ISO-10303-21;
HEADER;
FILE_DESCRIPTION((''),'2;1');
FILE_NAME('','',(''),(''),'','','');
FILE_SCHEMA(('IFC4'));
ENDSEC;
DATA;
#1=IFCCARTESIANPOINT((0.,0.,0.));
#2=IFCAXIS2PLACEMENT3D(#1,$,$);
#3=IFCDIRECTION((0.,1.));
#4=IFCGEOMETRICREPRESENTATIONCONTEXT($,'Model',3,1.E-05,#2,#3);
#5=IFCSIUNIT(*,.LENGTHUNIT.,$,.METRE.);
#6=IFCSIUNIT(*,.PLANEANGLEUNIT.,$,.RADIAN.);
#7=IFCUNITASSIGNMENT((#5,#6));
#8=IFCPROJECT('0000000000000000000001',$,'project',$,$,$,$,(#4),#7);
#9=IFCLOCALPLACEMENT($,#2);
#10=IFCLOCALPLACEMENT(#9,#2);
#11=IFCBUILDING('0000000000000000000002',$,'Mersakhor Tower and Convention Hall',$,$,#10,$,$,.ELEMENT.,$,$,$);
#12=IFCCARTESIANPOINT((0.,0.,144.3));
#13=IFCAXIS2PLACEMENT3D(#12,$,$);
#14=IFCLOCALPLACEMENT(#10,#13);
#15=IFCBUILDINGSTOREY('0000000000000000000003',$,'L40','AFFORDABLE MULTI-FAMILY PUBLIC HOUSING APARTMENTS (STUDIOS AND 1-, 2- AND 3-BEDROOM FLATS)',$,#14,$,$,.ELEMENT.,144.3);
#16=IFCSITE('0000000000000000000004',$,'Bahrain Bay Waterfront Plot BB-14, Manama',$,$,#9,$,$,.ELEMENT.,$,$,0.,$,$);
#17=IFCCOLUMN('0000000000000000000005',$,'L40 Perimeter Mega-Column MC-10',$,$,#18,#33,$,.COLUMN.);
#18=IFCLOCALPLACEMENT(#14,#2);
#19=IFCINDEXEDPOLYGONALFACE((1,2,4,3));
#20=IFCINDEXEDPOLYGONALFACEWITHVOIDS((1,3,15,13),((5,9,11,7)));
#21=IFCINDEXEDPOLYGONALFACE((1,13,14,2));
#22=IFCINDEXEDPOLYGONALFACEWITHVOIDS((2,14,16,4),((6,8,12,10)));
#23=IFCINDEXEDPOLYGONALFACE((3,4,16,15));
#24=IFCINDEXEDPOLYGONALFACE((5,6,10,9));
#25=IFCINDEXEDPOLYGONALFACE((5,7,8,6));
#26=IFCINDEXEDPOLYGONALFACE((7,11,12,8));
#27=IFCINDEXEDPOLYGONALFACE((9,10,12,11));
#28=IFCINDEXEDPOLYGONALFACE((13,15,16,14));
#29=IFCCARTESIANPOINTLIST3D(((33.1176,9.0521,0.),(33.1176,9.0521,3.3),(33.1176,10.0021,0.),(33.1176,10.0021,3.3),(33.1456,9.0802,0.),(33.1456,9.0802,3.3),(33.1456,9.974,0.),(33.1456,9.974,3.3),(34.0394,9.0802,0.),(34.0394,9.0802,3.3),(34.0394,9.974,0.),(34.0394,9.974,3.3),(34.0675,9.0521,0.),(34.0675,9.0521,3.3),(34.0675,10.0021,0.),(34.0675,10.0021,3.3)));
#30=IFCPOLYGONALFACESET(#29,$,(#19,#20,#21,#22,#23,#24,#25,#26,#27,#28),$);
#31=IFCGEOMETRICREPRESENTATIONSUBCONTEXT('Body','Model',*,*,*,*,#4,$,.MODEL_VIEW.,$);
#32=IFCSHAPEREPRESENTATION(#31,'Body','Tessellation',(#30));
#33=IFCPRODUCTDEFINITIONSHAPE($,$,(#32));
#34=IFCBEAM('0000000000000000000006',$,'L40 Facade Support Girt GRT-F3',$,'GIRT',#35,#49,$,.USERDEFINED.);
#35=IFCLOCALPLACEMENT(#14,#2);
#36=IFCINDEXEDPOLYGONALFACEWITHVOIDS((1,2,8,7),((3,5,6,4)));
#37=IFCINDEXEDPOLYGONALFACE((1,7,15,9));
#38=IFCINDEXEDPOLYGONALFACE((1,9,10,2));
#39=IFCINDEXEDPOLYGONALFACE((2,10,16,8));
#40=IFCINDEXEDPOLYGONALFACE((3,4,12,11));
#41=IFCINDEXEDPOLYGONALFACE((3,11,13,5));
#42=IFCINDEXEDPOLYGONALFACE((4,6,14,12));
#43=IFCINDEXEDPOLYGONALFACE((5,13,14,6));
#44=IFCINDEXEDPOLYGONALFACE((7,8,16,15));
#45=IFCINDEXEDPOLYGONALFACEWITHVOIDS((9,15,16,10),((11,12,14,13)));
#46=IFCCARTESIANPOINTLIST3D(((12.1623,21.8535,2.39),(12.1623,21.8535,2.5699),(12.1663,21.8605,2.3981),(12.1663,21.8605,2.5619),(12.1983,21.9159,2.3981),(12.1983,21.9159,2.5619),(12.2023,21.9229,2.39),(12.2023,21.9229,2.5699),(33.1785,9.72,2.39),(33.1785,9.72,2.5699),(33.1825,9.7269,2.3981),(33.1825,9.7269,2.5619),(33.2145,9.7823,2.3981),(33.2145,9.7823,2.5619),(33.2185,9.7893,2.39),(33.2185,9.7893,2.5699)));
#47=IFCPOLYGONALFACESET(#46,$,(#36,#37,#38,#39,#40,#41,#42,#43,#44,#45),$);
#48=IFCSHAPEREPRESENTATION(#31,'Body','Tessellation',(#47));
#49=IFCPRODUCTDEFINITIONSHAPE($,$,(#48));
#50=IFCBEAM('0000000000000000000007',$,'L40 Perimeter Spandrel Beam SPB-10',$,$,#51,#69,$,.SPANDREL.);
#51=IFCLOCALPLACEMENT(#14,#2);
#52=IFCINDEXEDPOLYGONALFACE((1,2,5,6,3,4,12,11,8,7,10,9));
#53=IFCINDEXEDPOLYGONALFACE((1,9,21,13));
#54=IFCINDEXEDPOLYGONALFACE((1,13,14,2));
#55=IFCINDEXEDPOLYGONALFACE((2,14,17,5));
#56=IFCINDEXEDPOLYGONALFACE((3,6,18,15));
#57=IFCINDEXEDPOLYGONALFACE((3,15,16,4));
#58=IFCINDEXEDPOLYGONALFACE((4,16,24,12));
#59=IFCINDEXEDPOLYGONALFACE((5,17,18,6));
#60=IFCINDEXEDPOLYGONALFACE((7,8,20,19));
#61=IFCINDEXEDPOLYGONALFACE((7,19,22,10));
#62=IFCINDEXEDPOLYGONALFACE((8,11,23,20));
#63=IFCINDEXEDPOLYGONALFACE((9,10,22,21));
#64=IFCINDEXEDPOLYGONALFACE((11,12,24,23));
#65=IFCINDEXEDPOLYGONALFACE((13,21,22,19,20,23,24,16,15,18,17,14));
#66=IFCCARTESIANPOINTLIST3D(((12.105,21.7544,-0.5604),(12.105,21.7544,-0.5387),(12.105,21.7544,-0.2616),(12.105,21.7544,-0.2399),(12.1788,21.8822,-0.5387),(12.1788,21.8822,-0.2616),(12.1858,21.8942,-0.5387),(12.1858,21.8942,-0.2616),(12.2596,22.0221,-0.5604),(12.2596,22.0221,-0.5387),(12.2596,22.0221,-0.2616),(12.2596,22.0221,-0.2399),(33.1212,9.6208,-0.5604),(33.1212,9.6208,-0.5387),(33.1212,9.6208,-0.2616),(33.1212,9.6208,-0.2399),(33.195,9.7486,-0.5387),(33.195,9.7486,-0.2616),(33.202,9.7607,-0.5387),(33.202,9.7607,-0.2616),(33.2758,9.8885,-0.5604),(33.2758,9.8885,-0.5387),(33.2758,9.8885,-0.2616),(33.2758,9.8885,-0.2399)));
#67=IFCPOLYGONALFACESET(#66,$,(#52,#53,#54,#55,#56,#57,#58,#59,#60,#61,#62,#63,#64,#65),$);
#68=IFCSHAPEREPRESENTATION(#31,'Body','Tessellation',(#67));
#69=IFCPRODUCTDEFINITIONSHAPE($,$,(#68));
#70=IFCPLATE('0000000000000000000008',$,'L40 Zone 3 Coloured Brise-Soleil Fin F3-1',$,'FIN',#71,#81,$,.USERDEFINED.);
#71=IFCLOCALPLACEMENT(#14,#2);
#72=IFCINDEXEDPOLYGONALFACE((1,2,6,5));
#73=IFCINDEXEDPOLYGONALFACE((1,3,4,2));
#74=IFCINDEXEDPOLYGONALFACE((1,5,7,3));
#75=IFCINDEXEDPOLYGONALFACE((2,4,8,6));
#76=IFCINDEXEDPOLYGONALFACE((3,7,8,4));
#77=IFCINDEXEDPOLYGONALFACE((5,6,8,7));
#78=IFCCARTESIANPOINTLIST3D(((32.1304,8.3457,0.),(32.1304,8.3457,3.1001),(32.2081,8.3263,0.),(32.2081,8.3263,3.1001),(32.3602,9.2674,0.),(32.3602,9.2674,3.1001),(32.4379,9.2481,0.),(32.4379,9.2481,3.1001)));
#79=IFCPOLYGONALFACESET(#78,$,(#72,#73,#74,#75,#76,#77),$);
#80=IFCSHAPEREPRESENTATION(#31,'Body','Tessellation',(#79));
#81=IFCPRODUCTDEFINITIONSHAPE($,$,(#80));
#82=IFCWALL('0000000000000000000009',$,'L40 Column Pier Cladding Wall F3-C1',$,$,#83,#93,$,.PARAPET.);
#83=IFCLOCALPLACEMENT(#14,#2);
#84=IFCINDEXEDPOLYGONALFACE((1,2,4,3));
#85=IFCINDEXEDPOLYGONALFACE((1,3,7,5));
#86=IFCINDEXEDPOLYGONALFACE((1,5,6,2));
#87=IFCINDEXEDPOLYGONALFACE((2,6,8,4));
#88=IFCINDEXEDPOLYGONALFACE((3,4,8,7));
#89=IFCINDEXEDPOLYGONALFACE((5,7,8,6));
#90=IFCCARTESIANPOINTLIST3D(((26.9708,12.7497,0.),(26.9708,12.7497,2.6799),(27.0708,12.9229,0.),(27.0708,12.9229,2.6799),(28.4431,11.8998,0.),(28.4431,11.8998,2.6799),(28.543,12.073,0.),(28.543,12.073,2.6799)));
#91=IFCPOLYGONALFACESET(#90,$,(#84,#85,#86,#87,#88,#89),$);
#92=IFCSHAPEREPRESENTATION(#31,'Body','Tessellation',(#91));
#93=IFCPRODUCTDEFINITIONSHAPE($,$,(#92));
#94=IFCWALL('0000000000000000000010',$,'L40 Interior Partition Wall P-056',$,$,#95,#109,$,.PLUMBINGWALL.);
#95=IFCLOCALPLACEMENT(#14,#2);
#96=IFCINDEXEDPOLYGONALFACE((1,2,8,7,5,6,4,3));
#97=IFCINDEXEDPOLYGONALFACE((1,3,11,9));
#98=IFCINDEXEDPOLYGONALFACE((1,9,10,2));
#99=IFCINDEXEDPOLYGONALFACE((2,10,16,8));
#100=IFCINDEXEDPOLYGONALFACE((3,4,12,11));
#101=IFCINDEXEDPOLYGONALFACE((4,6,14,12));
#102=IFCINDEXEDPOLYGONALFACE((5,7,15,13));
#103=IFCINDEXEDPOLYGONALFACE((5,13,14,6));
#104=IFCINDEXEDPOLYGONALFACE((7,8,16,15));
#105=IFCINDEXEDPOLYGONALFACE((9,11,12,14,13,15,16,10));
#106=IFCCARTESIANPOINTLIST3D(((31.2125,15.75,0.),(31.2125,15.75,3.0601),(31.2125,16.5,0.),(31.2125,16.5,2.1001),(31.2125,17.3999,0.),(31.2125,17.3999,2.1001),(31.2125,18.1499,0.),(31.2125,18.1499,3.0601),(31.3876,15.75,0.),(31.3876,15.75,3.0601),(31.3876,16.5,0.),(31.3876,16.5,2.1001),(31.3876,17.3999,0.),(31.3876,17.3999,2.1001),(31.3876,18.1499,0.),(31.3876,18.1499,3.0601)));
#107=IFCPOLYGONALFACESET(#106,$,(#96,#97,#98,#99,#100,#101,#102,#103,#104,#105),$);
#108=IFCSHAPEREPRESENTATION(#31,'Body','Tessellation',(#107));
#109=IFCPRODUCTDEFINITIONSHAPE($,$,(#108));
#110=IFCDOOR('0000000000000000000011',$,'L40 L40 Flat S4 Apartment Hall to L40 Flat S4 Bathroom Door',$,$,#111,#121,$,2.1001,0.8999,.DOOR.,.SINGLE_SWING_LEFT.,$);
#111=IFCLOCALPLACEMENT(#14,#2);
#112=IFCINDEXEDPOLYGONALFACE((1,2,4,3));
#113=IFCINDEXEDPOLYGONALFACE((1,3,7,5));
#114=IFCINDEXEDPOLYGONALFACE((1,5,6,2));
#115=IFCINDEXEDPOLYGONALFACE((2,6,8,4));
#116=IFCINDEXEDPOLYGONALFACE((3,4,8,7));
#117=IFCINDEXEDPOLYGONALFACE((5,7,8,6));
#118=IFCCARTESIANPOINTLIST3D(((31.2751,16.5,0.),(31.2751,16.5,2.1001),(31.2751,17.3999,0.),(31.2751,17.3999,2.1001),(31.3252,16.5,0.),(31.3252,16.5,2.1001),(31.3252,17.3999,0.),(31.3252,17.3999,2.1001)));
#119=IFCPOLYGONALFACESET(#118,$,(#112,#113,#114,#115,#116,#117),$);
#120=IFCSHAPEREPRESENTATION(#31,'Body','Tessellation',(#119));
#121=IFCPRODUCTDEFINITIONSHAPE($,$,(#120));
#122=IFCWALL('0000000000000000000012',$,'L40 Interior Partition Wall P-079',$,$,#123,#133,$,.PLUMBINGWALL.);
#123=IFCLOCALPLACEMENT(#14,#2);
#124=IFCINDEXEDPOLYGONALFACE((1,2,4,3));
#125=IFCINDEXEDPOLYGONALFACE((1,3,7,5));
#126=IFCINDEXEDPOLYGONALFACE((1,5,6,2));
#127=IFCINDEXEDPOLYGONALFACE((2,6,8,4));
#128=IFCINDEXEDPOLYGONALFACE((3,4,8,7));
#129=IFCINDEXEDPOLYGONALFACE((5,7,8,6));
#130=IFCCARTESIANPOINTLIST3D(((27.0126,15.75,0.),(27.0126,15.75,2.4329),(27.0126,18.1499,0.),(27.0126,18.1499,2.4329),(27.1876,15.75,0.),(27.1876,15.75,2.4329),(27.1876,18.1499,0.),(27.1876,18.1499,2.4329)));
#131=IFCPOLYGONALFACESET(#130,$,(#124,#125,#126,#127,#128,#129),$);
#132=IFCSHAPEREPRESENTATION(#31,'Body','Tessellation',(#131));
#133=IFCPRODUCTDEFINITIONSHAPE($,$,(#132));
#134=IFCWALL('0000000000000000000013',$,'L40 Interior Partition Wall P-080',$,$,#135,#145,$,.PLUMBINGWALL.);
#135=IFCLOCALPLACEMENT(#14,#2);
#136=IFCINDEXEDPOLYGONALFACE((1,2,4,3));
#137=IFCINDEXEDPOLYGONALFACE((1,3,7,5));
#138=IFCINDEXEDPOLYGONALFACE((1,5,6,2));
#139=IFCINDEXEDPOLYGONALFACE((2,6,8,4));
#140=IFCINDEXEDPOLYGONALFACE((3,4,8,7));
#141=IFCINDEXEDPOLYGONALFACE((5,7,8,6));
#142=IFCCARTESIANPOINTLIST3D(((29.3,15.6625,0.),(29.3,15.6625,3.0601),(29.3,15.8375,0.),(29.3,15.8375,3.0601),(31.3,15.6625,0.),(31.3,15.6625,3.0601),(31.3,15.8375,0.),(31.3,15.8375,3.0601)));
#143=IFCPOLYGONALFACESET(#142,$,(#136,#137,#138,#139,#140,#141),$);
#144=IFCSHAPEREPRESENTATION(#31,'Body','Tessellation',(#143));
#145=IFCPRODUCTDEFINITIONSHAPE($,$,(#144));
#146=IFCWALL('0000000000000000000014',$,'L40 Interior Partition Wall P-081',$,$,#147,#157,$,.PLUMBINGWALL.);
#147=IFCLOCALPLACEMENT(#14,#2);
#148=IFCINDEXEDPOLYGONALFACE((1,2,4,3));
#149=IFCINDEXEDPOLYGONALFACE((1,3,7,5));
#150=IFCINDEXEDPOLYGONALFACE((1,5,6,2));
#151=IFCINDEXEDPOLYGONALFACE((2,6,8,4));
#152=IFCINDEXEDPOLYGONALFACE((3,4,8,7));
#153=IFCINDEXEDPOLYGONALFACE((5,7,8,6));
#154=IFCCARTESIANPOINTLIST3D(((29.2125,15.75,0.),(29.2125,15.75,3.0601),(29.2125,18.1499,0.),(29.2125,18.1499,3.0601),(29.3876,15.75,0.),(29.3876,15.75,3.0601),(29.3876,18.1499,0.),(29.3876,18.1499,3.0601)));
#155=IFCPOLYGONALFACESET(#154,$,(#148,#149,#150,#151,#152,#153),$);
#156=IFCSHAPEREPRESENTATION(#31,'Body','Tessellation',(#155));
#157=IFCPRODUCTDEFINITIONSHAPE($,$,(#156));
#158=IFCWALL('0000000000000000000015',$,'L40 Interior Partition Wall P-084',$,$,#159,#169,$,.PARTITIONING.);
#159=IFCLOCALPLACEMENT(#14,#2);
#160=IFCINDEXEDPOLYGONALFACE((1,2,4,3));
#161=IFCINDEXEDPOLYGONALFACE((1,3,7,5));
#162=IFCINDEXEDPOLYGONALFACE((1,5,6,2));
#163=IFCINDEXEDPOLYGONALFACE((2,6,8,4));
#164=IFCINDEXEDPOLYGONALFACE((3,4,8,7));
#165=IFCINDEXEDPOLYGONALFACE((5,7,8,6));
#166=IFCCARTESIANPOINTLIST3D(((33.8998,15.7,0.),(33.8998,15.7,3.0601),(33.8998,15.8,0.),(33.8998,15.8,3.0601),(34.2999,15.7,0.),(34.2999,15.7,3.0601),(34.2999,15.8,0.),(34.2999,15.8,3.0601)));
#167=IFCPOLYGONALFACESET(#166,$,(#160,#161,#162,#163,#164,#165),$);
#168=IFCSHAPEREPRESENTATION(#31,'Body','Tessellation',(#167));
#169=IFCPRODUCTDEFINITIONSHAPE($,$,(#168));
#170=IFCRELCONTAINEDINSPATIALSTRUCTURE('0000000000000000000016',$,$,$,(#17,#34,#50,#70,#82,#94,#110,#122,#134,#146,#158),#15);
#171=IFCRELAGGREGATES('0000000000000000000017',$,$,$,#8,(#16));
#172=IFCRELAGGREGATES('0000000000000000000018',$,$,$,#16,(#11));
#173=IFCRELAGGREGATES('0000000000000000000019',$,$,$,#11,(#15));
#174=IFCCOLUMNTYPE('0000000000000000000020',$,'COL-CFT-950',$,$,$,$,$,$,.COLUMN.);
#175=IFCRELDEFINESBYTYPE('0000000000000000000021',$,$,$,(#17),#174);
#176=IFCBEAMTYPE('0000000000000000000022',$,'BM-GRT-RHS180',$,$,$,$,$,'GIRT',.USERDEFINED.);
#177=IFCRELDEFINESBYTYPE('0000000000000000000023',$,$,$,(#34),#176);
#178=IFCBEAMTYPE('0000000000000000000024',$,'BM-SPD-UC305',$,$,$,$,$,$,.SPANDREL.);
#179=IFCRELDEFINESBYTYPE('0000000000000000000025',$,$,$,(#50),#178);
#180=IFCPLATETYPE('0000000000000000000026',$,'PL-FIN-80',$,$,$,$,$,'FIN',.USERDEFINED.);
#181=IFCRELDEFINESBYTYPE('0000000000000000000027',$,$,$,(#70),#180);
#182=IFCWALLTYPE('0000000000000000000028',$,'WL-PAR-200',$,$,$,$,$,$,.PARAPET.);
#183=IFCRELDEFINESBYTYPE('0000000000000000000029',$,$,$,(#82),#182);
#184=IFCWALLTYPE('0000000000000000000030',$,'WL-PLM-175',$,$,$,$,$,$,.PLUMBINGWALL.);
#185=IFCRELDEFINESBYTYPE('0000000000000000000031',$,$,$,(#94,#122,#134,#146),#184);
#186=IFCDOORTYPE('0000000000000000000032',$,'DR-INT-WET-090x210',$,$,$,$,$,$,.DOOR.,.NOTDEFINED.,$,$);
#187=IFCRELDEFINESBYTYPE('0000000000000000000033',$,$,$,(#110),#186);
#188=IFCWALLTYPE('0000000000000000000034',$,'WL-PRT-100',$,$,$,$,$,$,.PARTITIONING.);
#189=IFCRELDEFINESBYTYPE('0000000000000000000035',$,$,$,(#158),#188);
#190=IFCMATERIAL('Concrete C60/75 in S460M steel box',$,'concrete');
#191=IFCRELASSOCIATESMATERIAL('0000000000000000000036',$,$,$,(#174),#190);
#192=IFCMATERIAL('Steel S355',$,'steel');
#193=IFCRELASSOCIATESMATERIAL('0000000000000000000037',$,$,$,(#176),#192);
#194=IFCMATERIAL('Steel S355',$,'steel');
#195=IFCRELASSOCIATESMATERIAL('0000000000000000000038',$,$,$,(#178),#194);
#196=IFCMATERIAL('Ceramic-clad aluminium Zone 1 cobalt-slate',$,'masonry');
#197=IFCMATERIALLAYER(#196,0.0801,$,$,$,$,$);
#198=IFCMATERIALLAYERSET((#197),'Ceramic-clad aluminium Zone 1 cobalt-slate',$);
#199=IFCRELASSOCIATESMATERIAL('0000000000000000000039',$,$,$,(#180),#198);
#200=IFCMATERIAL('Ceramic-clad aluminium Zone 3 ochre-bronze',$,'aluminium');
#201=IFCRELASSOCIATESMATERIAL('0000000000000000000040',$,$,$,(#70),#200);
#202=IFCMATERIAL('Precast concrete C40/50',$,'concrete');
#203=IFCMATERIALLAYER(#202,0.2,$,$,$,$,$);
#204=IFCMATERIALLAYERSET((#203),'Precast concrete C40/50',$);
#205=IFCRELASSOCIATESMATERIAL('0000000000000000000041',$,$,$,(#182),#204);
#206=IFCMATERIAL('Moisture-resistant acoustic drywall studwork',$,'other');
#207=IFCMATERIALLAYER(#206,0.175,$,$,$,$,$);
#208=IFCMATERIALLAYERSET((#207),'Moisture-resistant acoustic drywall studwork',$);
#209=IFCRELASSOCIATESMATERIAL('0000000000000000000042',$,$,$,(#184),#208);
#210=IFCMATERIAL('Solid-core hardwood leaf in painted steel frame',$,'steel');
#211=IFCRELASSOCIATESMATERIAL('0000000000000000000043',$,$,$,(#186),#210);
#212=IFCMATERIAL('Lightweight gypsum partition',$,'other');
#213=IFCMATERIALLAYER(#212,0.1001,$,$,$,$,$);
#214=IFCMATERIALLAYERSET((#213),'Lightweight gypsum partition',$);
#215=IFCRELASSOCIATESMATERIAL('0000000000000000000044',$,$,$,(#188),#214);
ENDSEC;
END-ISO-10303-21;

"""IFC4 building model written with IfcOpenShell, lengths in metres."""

from ifc_helpers import new_model, si_unit, direction, frame, frame_2d, origin, origin_2d, place, context, subcontext, project, spatial, rectangle, hollow_rectangle, i_section, extrude, material, layer, layer_set, material_profile, profile_set, type_object, element, fill, save


model = new_model("IFC4")

# Units and contexts
model_context = context("Model", 3, precision=1e-05, world=origin(), true_north=direction((0.0, 1.0)))
body_context = subcontext(model_context, "Body", "Model", "MODEL_VIEW")
ifc_project = project(units=[si_unit("LENGTHUNIT", "METRE"), si_unit("PLANEANGLEUNIT", "RADIAN")], contexts=[model_context])

# Site, building, storey
site_placement = place(None, origin())
site = spatial("IfcSite", under=ifc_project, at=site_placement, Name="Bahrain Bay Waterfront Plot BB-14, Manama", CompositionType="ELEMENT", RefElevation=0.0)
building_placement = place(site_placement, origin())
building = spatial("IfcBuilding", under=site, at=building_placement, Name="Mersakhor Tower and Convention Hall", CompositionType="ELEMENT")
storey_placement = place(building_placement, frame((0.0, 0.0, 144.3)))
storey = spatial("IfcBuildingStorey", under=building, at=storey_placement, Name="L40", Description="AFFORDABLE MULTI-FAMILY PUBLIC HOUSING APARTMENTS (STUDIOS AND 1-, 2- AND 3-BEDROOM FLATS)", CompositionType="ELEMENT", Elevation=144.3)

# Column
ifc_material_1 = material(Name="Concrete C60/75 in S460M steel box", Category="concrete")
ifc_material_profile_1 = material_profile(ifc_material_1, hollow_rectangle(XDim=0.95, YDim=0.95, WallThickness=0.0281, at=origin_2d()), Name="SHS 950x950x28")
ifc_profile_set_1 = profile_set([ifc_material_profile_1], Name="Concrete C60/75 in S460M steel box")
column_type = type_object("IfcColumnType", Name="COL-CFT-950", PredefinedType="COLUMN", material=ifc_profile_set_1)
column_placement = place(storey_placement, frame((33.5925, 9.5271, 0.0), z_axis=(0.0, 0.0, 1.0), x_axis=(1.0, 0.0, 0.0)))
element("IfcColumn", 1, at=column_placement, inside=storey, type_object=column_type, Name="L40 Perimeter Mega-Column MC-10", PredefinedType="COLUMN", context=body_context, shape_type="SweptSolid", body=[
    extrude(hollow_rectangle(XDim=0.95, YDim=0.95, WallThickness=0.0281, at=origin_2d()), origin(), (0.0, 0.0, 1.0), 3.3),
])

# Beams
ifc_material_2 = material(Name="Steel S355", Category="steel")
ifc_material_profile_2 = material_profile(ifc_material_2, hollow_rectangle(XDim=0.0801, YDim=0.1799, WallThickness=0.0081, at=origin_2d()), Name="RHS 180x80x8")
ifc_profile_set_2 = profile_set([ifc_material_profile_2], Name="Steel S355")
beam_type_1 = type_object("IfcBeamType", Name="BM-GRT-RHS180", ElementType="GIRT", PredefinedType="USERDEFINED", material=ifc_profile_set_2)
beam_1_placement = place(storey_placement, frame((33.1985, 9.7546, 2.48), z_axis=(-0.866027, 0.499996, 0.0), x_axis=(-0.499996, -0.866027, 0.0)))
element("IfcBeam", 2, at=beam_1_placement, inside=storey, type_object=beam_type_1, Name="L40 Facade Support Girt GRT-F3", ObjectType="GIRT", PredefinedType="USERDEFINED", context=body_context, shape_type="SweptSolid", body=[
    extrude(hollow_rectangle(XDim=0.0801, YDim=0.1799, WallThickness=0.0081, at=origin_2d()), origin(), (0.0, 0.0, 1.0), 24.2673),
])
ifc_material_3 = material(Name="Steel S355", Category="steel")
ifc_material_profile_3 = material_profile(ifc_material_3, i_section(OverallWidth=0.3091, OverallDepth=0.3206, WebThickness=0.0139, FlangeThickness=0.0217, at=origin_2d()), Name="UC 305x305x137")
ifc_profile_set_3 = profile_set([ifc_material_profile_3], Name="Steel S355")
beam_type_2 = type_object("IfcBeamType", Name="BM-SPD-UC305", PredefinedType="SPANDREL", material=ifc_profile_set_3)
beam_2_placement = place(storey_placement, frame((33.1985, 9.7546, -0.4001), z_axis=(-0.866027, 0.499996, 0.0), x_axis=(-0.499996, -0.866027, 0.0)))
element("IfcBeam", 3, at=beam_2_placement, inside=storey, type_object=beam_type_2, Name="L40 Perimeter Spandrel Beam SPB-10", PredefinedType="SPANDREL", context=body_context, shape_type="SweptSolid", body=[
    extrude(i_section(OverallWidth=0.3091, OverallDepth=0.3206, WebThickness=0.0139, FlangeThickness=0.0217, at=origin_2d()), origin(), (0.0, 0.0, 1.0), 24.2673),
])

# Plate
ifc_material_4 = material(Name="Ceramic-clad aluminium Zone 3 ochre-bronze", Category="aluminium")
ifc_material_5 = material(Name="Ceramic-clad aluminium Zone 1 cobalt-slate", Category="masonry")
ifc_layer_1 = layer(ifc_material_5, 0.0801)
ifc_layer_set_1 = layer_set([ifc_layer_1], Name="Ceramic-clad aluminium Zone 1 cobalt-slate")
plate_type = type_object("IfcPlateType", Name="PL-FIN-80", ElementType="FIN", PredefinedType="USERDEFINED", material=ifc_layer_set_1)
plate_placement = place(storey_placement, frame((32.2842, 8.7969, 0.0), z_axis=(0.0, 0.0, 1.0), x_axis=(-0.241922, -0.970296, 0.0)))
element("IfcPlate", 4, at=plate_placement, inside=storey, type_object=plate_type, material=ifc_material_4, Name="L40 Zone 3 Coloured Brise-Soleil Fin F3-1", ObjectType="FIN", PredefinedType="USERDEFINED", context=body_context, shape_type="SweptSolid", body=[
    extrude(rectangle(XDim=0.95, YDim=0.0801, at=origin_2d()), origin(), (0.0, 0.0, 1.0), 3.1001),
])

# Wall
ifc_material_6 = material(Name="Precast concrete C40/50", Category="concrete")
ifc_layer_2 = layer(ifc_material_6, 0.2)
ifc_layer_set_2 = layer_set([ifc_layer_2], Name="Precast concrete C40/50")
wall_type_1 = type_object("IfcWallType", Name="WL-PAR-200", PredefinedType="PARAPET", material=ifc_layer_set_2)
wall_1_placement = place(storey_placement, frame((28.4932, 11.9863, 0.0), z_axis=(0.0, 0.0, 1.0), x_axis=(-0.866052, 0.499955, 0.0)))
element("IfcWall", 5, at=wall_1_placement, inside=storey, type_object=wall_type_1, Name="L40 Column Pier Cladding Wall F3-C1", PredefinedType="PARAPET", context=body_context, shape_type="SweptSolid", body=[
    extrude(rectangle(XDim=1.7, YDim=0.2, at=frame_2d((0.8501, 0.0))), origin(), (0.0, 0.0, 1.0), 2.6799),
])

# Wall, opening, door
ifc_material_7 = material(Name="Moisture-resistant acoustic drywall studwork", Category="other")
ifc_layer_3 = layer(ifc_material_7, 0.175)
ifc_layer_set_3 = layer_set([ifc_layer_3], Name="Moisture-resistant acoustic drywall studwork")
wall_type_2 = type_object("IfcWallType", Name="WL-PLM-175", PredefinedType="PLUMBINGWALL", material=ifc_layer_set_3)
wall_2_placement = place(storey_placement, frame((31.3, 15.75, 0.0), z_axis=(0.0, 0.0, 1.0), x_axis=(0.0, 1.0, 0.0)))
wall_2 = element("IfcWall", 6, at=wall_2_placement, inside=storey, type_object=wall_type_2, Name="L40 Interior Partition Wall P-056", PredefinedType="PLUMBINGWALL", context=body_context, shape_type="SweptSolid", body=[
    extrude(rectangle(XDim=2.3999, YDim=0.175, at=frame_2d((1.2, 0.0))), origin(), (0.0, 0.0, 1.0), 3.0601),
])
opening_1_placement = place(wall_2_placement, frame((0.75, 0.0, 0.0)))
opening_1 = element("IfcOpeningElement", 7, at=opening_1_placement, cuts=wall_2, PredefinedType="OPENING", context=body_context, shape_type="SweptSolid", body=[
    extrude(rectangle(XDim=0.8999, YDim=2.1001, at=frame_2d((0.45, 1.05))), frame((0.0, 0.0974, 0.0), z_axis=(0.0, -1.0, 0.0), x_axis=(1.0, 0.0, 0.0)), (0.0, 0.0, 1.0), 0.1951),
])
ifc_material_8 = material(Name="Solid-core hardwood leaf in painted steel frame", Category="steel")
door_type_1 = type_object("IfcDoorType", Name="DR-INT-WET-090x210", OperationType="NOTDEFINED", PredefinedType="DOOR", material=ifc_material_8)
door_1_placement = place(opening_1_placement, origin())
door_1 = element("IfcDoor", 8, at=door_1_placement, inside=storey, type_object=door_type_1, Name="L40 L40 Flat S4 Apartment Hall to L40 Flat S4 Bathroom Door", OperationType="SINGLE_SWING_LEFT", OverallHeight=2.1001, OverallWidth=0.8999, PredefinedType="DOOR", context=body_context, shape_type="SweptSolid", body=[
    extrude(rectangle(XDim=0.8999, YDim=2.1001, at=frame_2d((0.45, 1.05))), frame((0.0, 0.0249, 0.0), z_axis=(0.0, -1.0, 0.0), x_axis=(1.0, 0.0, 0.0)), (0.0, 0.0, 1.0), 0.05),
])
fill(opening_1, door_1)

# Walls
wall_3_placement = place(storey_placement, frame((27.1001, 18.1499, 0.0), z_axis=(0.0, 0.0, 1.0), x_axis=(0.0, -1.0, 0.0)))
element("IfcWall", 9, at=wall_3_placement, inside=storey, type_object=wall_type_2, Name="L40 Interior Partition Wall P-079", PredefinedType="PLUMBINGWALL", context=body_context, shape_type="SweptSolid", body=[
    extrude(rectangle(XDim=2.3999, YDim=0.175, at=frame_2d((1.2, 0.0))), origin(), (0.0, 0.0, 1.0), 2.4329),
])
wall_4_placement = place(storey_placement, frame((31.3, 15.75, 0.0), z_axis=(0.0, 0.0, 1.0), x_axis=(-1.0, 0.0, 0.0)))
element("IfcWall", 10, at=wall_4_placement, inside=storey, type_object=wall_type_2, Name="L40 Interior Partition Wall P-080", PredefinedType="PLUMBINGWALL", context=body_context, shape_type="SweptSolid", body=[
    extrude(rectangle(XDim=2.0, YDim=0.175, at=frame_2d((1.0, 0.0))), origin(), (0.0, 0.0, 1.0), 3.0601),
])
wall_5_placement = place(storey_placement, frame((29.3, 15.75, 0.0), z_axis=(0.0, 0.0, 1.0), x_axis=(0.0, 1.0, 0.0)))
element("IfcWall", 11, at=wall_5_placement, inside=storey, type_object=wall_type_2, Name="L40 Interior Partition Wall P-081", PredefinedType="PLUMBINGWALL", context=body_context, shape_type="SweptSolid", body=[
    extrude(rectangle(XDim=2.3999, YDim=0.175, at=frame_2d((1.2, 0.0))), origin(), (0.0, 0.0, 1.0), 3.0601),
])
ifc_material_9 = material(Name="Lightweight gypsum partition", Category="other")
ifc_layer_4 = layer(ifc_material_9, 0.1001)
ifc_layer_set_4 = layer_set([ifc_layer_4], Name="Lightweight gypsum partition")
wall_type_3 = type_object("IfcWallType", Name="WL-PRT-100", PredefinedType="PARTITIONING", material=ifc_layer_set_4)
wall_6_placement = place(storey_placement, frame((34.3, 15.75, 0.0), z_axis=(0.0, 0.0, 1.0), x_axis=(-1.0, 0.0, 0.0)))
element("IfcWall", 12, at=wall_6_placement, inside=storey, type_object=wall_type_3, Name="L40 Interior Partition Wall P-084", PredefinedType="PARTITIONING", context=body_context, shape_type="SweptSolid", body=[
    extrude(rectangle(XDim=0.4001, YDim=0.1001, at=frame_2d((0.2002, 0.0))), origin(), (0.0, 0.0, 1.0), 3.0601),
])

save(model, "model.ifc")
